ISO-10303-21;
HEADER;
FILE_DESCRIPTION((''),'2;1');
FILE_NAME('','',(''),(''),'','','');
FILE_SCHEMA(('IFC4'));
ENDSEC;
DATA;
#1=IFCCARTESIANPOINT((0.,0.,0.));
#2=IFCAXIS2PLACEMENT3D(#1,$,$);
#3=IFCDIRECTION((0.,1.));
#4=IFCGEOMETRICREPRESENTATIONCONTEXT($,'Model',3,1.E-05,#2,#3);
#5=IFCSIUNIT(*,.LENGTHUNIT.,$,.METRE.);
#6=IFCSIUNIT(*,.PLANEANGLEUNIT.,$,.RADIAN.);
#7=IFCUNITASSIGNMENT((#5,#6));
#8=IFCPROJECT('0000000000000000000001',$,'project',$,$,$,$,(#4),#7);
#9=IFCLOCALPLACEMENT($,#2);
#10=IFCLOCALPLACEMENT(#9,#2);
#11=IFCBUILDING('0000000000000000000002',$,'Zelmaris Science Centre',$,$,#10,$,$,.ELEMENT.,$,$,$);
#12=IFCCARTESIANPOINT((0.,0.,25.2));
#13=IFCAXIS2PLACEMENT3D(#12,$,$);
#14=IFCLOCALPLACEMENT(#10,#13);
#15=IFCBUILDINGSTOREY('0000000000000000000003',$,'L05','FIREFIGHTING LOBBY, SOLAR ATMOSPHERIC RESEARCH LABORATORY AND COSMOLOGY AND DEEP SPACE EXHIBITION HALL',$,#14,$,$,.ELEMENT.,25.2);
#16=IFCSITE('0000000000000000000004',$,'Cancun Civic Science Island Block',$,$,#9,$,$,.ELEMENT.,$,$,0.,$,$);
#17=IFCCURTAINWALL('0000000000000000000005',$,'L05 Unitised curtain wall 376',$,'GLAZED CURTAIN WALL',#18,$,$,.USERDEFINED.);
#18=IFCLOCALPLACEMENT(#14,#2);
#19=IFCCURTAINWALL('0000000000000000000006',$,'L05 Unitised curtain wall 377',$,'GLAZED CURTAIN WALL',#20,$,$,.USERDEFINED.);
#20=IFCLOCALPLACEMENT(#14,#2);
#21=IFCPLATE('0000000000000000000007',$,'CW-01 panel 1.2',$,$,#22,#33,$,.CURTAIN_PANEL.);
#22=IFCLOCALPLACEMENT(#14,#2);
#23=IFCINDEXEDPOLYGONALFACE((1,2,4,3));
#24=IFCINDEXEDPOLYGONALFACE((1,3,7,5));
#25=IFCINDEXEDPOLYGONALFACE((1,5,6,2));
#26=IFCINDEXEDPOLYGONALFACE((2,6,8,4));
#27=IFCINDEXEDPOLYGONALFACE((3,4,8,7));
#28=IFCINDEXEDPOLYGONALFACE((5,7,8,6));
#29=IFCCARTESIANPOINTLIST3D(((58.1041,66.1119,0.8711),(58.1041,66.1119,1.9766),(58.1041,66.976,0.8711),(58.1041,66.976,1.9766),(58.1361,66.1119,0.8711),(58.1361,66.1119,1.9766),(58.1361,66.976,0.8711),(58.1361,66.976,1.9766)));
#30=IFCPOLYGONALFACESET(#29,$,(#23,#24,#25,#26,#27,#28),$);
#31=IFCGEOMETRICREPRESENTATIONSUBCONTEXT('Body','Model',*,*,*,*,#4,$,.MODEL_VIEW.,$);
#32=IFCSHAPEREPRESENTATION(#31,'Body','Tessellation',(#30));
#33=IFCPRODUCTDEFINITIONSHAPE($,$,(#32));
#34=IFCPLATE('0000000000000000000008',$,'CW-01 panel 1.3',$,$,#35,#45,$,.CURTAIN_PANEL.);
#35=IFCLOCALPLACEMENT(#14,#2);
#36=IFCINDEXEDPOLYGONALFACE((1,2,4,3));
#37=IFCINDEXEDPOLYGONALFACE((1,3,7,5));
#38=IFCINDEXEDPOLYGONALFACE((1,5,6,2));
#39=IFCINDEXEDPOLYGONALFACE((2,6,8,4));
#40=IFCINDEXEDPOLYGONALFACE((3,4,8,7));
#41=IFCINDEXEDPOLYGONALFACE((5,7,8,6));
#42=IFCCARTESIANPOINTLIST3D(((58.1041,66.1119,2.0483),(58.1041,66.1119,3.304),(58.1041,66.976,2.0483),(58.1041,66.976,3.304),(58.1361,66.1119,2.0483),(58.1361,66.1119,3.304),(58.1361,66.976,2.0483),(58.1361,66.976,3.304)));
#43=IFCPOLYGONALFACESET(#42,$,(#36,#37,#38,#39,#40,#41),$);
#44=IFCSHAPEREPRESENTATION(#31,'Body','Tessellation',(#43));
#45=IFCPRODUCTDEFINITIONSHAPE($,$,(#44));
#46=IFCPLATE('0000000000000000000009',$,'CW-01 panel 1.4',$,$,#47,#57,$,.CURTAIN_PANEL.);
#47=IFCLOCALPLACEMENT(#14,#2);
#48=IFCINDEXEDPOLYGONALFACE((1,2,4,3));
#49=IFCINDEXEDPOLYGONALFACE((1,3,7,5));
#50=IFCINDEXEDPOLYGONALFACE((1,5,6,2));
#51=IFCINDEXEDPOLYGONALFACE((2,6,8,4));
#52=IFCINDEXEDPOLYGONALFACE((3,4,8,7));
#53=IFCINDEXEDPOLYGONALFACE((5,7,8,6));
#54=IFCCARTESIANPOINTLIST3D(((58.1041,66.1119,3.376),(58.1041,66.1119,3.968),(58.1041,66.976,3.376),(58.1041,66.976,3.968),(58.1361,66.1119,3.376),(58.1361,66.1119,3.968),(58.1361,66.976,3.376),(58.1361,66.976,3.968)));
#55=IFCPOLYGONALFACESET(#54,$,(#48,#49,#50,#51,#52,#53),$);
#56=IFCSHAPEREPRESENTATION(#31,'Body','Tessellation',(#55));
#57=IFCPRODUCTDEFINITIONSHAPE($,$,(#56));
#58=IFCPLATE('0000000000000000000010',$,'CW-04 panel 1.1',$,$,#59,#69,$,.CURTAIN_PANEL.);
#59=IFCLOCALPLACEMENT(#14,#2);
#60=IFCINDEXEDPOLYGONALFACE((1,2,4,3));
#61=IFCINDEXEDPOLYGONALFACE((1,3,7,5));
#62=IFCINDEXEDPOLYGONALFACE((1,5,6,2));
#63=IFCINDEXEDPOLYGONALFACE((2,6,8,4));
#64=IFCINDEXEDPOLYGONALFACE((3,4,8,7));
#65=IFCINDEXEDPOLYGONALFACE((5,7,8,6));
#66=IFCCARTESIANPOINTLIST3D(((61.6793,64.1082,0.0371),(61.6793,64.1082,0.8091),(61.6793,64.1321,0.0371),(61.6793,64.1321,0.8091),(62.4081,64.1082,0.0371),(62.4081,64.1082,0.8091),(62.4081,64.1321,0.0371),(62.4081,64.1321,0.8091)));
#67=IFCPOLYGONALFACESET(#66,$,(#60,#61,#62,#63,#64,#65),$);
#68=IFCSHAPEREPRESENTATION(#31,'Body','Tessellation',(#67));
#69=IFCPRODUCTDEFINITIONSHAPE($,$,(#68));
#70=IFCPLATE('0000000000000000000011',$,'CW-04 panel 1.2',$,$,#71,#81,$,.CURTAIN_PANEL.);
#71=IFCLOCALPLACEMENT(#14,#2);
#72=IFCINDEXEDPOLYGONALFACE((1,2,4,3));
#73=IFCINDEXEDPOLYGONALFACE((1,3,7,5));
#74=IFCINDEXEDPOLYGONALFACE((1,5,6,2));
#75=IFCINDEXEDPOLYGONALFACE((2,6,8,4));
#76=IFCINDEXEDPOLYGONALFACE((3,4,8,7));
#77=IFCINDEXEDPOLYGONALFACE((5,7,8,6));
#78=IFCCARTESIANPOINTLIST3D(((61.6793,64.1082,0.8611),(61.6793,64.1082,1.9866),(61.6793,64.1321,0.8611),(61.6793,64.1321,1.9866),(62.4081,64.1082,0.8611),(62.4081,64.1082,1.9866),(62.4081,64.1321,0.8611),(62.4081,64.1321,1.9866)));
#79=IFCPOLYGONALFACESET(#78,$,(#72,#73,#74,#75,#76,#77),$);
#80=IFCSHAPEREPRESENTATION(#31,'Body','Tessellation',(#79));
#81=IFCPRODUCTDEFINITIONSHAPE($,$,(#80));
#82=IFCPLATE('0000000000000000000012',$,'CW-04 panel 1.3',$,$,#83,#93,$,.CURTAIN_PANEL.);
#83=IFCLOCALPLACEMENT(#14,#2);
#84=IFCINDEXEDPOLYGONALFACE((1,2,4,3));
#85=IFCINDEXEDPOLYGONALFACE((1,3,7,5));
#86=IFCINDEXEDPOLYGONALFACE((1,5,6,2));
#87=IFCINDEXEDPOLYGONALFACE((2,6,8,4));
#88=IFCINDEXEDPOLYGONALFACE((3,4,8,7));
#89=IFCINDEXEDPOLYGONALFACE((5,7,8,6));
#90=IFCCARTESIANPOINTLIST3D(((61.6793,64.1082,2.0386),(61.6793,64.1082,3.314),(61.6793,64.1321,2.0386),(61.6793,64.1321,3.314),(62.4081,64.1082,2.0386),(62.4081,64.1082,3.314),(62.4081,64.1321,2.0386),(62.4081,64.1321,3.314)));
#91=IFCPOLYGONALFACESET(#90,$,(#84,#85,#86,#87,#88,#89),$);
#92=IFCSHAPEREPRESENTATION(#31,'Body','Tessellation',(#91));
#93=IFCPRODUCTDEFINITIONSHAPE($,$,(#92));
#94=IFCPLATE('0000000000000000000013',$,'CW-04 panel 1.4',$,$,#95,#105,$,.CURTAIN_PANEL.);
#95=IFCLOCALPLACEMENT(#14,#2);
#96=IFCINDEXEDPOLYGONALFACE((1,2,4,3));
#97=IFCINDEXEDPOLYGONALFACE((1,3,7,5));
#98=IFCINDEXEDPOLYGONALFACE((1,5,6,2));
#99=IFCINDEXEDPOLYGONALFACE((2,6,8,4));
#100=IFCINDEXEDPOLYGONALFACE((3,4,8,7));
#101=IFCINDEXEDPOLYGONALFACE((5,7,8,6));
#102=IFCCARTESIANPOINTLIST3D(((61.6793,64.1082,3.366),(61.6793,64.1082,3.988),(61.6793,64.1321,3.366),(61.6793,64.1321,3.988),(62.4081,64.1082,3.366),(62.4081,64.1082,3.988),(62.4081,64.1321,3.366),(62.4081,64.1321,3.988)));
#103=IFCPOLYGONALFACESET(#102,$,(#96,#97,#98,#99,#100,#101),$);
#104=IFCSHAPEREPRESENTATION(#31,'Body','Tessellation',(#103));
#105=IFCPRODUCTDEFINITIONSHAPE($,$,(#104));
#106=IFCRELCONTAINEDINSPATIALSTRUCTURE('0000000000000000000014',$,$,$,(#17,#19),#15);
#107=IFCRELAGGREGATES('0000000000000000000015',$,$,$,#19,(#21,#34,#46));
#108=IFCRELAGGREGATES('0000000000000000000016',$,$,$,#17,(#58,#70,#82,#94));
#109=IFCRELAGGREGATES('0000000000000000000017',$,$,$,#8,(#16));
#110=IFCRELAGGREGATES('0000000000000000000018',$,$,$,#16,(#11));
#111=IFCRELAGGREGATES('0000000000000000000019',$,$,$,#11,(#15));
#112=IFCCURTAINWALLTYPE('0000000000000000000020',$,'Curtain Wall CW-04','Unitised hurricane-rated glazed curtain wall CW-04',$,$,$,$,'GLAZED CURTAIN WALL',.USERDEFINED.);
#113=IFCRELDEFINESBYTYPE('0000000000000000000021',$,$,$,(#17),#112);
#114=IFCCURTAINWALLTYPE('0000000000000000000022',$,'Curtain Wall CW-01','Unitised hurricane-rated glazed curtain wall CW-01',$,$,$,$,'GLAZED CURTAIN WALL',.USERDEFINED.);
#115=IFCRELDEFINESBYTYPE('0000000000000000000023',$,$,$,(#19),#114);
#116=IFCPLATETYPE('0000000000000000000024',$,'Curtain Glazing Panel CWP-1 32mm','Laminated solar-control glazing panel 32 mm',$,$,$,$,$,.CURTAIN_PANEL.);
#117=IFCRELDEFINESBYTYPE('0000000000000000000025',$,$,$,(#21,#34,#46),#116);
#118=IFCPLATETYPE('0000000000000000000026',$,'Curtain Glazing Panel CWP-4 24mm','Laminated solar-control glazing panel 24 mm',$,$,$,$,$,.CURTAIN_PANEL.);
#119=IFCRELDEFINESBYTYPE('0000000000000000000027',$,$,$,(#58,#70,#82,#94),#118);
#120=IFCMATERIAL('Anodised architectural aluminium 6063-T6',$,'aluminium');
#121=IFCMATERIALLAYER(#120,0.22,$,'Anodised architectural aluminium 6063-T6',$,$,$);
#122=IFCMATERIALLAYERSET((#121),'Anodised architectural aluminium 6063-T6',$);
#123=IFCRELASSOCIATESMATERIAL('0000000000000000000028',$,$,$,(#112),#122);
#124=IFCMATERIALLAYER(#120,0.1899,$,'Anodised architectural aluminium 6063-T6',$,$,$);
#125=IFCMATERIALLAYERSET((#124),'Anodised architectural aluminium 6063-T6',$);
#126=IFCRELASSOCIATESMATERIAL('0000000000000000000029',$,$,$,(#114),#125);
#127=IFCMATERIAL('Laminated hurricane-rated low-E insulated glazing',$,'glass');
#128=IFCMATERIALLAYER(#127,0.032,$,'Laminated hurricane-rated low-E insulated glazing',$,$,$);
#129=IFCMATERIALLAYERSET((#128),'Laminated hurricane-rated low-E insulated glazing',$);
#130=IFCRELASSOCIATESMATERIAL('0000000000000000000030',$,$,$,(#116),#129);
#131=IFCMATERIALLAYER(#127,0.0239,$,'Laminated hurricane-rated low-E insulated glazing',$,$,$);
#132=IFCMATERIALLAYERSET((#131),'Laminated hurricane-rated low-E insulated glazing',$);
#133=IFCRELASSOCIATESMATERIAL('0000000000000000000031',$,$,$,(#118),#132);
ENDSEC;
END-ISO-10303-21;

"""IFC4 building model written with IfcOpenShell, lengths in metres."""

from ifc_helpers import new_model, si_unit, direction, frame, origin, origin_2d, place, context, subcontext, project, spatial, rectangle, extrude, material, layer, layer_set, type_object, element, aggregate, save


model = new_model("IFC4")

# Units and contexts
model_context = context("Model", 3, precision=1e-05, world=origin(), true_north=direction((0.0, 1.0)))
body_context = subcontext(model_context, "Body", "Model", "MODEL_VIEW")
ifc_project = project(units=[si_unit("LENGTHUNIT", "METRE"), si_unit("PLANEANGLEUNIT", "RADIAN")], contexts=[model_context])

# Site, building, storey
site_placement = place(None, origin())
site = spatial("IfcSite", under=ifc_project, at=site_placement, Name="Cancun Civic Science Island Block", CompositionType="ELEMENT", RefElevation=0.0)
building_placement = place(site_placement, origin())
building = spatial("IfcBuilding", under=site, at=building_placement, Name="Zelmaris Science Centre", CompositionType="ELEMENT")
storey_placement = place(building_placement, frame((0.0, 0.0, 25.2)))
storey = spatial("IfcBuildingStorey", under=building, at=storey_placement, Name="L05", Description="FIREFIGHTING LOBBY, SOLAR ATMOSPHERIC RESEARCH LABORATORY AND COSMOLOGY AND DEEP SPACE EXHIBITION HALL", CompositionType="ELEMENT", Elevation=25.2)

# Curtain walls
ifc_material_1 = material(Name="Anodised architectural aluminium 6063-T6", Category="aluminium")
ifc_layer_1 = layer(ifc_material_1, 0.22, Name="Anodised architectural aluminium 6063-T6")
ifc_layer_set_1 = layer_set([ifc_layer_1], Name="Anodised architectural aluminium 6063-T6")
curtain_wall_type_1 = type_object("IfcCurtainWallType", Name="Curtain Wall CW-04", Description="Unitised hurricane-rated glazed curtain wall CW-04", ElementType="GLAZED CURTAIN WALL", PredefinedType="USERDEFINED", material=ifc_layer_set_1)
curtain_wall_1_placement = place(storey_placement, origin())
curtain_wall_1 = element("IfcCurtainWall", 1, at=curtain_wall_1_placement, inside=storey, type_object=curtain_wall_type_1, Name="L05 Unitised curtain wall 376", ObjectType="GLAZED CURTAIN WALL", PredefinedType="USERDEFINED")
ifc_layer_2 = layer(ifc_material_1, 0.1899, Name="Anodised architectural aluminium 6063-T6")
ifc_layer_set_2 = layer_set([ifc_layer_2], Name="Anodised architectural aluminium 6063-T6")
curtain_wall_type_2 = type_object("IfcCurtainWallType", Name="Curtain Wall CW-01", Description="Unitised hurricane-rated glazed curtain wall CW-01", ElementType="GLAZED CURTAIN WALL", PredefinedType="USERDEFINED", material=ifc_layer_set_2)
curtain_wall_2_placement = place(storey_placement, origin())
curtain_wall_2 = element("IfcCurtainWall", 2, at=curtain_wall_2_placement, inside=storey, type_object=curtain_wall_type_2, Name="L05 Unitised curtain wall 377", ObjectType="GLAZED CURTAIN WALL", PredefinedType="USERDEFINED")

# Plates
ifc_material_2 = material(Name="Laminated hurricane-rated low-E insulated glazing", Category="glass")
ifc_layer_3 = layer(ifc_material_2, 0.032, Name="Laminated hurricane-rated low-E insulated glazing")
ifc_layer_set_3 = layer_set([ifc_layer_3], Name="Laminated hurricane-rated low-E insulated glazing")
plate_type_1 = type_object("IfcPlateType", Name="Curtain Glazing Panel CWP-1 32mm", Description="Laminated solar-control glazing panel 32 mm", PredefinedType="CURTAIN_PANEL", material=ifc_layer_set_3)
plate_1_placement = place(storey_placement, frame((58.1201, 66.5439, 0.8711), z_axis=(0.0, 0.0, 1.0), x_axis=(0.0, 1.0, 0.0)))
plate_1 = element("IfcPlate", 3, at=plate_1_placement, type_object=plate_type_1, Name="CW-01 panel 1.2", PredefinedType="CURTAIN_PANEL", context=body_context, shape_type="SweptSolid", body=[
    extrude(rectangle(XDim=0.864, YDim=0.032, at=origin_2d()), origin(), (0.0, 0.0, 1.0), 1.1055),
])
plate_2_placement = place(storey_placement, frame((58.1201, 66.5439, 2.0483), z_axis=(0.0, 0.0, 1.0), x_axis=(0.0, 1.0, 0.0)))
plate_2 = element("IfcPlate", 4, at=plate_2_placement, type_object=plate_type_1, Name="CW-01 panel 1.3", PredefinedType="CURTAIN_PANEL", context=body_context, shape_type="SweptSolid", body=[
    extrude(rectangle(XDim=0.864, YDim=0.032, at=origin_2d()), origin(), (0.0, 0.0, 1.0), 1.2556),
])
plate_3_placement = place(storey_placement, frame((58.1201, 66.5439, 3.376), z_axis=(0.0, 0.0, 1.0), x_axis=(0.0, 1.0, 0.0)))
plate_3 = element("IfcPlate", 5, at=plate_3_placement, type_object=plate_type_1, Name="CW-01 panel 1.4", PredefinedType="CURTAIN_PANEL", context=body_context, shape_type="SweptSolid", body=[
    extrude(rectangle(XDim=0.864, YDim=0.032, at=origin_2d()), origin(), (0.0, 0.0, 1.0), 0.592),
])
aggregate(curtain_wall_2, [plate_1, plate_2, plate_3])
ifc_layer_4 = layer(ifc_material_2, 0.0239, Name="Laminated hurricane-rated low-E insulated glazing")
ifc_layer_set_4 = layer_set([ifc_layer_4], Name="Laminated hurricane-rated low-E insulated glazing")
plate_type_2 = type_object("IfcPlateType", Name="Curtain Glazing Panel CWP-4 24mm", Description="Laminated solar-control glazing panel 24 mm", PredefinedType="CURTAIN_PANEL", material=ifc_layer_set_4)
plate_4_placement = place(storey_placement, frame((62.0437, 64.1201, 0.0371), z_axis=(0.0, 0.0, 1.0), x_axis=(-1.0, 0.0, 0.0)))
plate_4 = element("IfcPlate", 6, at=plate_4_placement, type_object=plate_type_2, Name="CW-04 panel 1.1", PredefinedType="CURTAIN_PANEL", context=body_context, shape_type="SweptSolid", body=[
    extrude(rectangle(XDim=0.7288, YDim=0.0239, at=origin_2d()), origin(), (0.0, 0.0, 1.0), 0.772),
])
plate_5_placement = place(storey_placement, frame((62.0437, 64.1201, 0.8611), z_axis=(0.0, 0.0, 1.0), x_axis=(-1.0, 0.0, 0.0)))
plate_5 = element("IfcPlate", 7, at=plate_5_placement, type_object=plate_type_2, Name="CW-04 panel 1.2", PredefinedType="CURTAIN_PANEL", context=body_context, shape_type="SweptSolid", body=[
    extrude(rectangle(XDim=0.7288, YDim=0.0239, at=origin_2d()), origin(), (0.0, 0.0, 1.0), 1.1255),
])
plate_6_placement = place(storey_placement, frame((62.0437, 64.1201, 2.0386), z_axis=(0.0, 0.0, 1.0), x_axis=(-1.0, 0.0, 0.0)))
plate_6 = element("IfcPlate", 8, at=plate_6_placement, type_object=plate_type_2, Name="CW-04 panel 1.3", PredefinedType="CURTAIN_PANEL", context=body_context, shape_type="SweptSolid", body=[
    extrude(rectangle(XDim=0.7288, YDim=0.0239, at=origin_2d()), origin(), (0.0, 0.0, 1.0), 1.2754),
])
plate_7_placement = place(storey_placement, frame((62.0437, 64.1201, 3.366), z_axis=(0.0, 0.0, 1.0), x_axis=(-1.0, 0.0, 0.0)))
plate_7 = element("IfcPlate", 9, at=plate_7_placement, type_object=plate_type_2, Name="CW-04 panel 1.4", PredefinedType="CURTAIN_PANEL", context=body_context, shape_type="SweptSolid", body=[
    extrude(rectangle(XDim=0.7288, YDim=0.0239, at=origin_2d()), origin(), (0.0, 0.0, 1.0), 0.6221),
])
aggregate(curtain_wall_1, [plate_4, plate_5, plate_6, plate_7])

save(model, "model.ifc")
